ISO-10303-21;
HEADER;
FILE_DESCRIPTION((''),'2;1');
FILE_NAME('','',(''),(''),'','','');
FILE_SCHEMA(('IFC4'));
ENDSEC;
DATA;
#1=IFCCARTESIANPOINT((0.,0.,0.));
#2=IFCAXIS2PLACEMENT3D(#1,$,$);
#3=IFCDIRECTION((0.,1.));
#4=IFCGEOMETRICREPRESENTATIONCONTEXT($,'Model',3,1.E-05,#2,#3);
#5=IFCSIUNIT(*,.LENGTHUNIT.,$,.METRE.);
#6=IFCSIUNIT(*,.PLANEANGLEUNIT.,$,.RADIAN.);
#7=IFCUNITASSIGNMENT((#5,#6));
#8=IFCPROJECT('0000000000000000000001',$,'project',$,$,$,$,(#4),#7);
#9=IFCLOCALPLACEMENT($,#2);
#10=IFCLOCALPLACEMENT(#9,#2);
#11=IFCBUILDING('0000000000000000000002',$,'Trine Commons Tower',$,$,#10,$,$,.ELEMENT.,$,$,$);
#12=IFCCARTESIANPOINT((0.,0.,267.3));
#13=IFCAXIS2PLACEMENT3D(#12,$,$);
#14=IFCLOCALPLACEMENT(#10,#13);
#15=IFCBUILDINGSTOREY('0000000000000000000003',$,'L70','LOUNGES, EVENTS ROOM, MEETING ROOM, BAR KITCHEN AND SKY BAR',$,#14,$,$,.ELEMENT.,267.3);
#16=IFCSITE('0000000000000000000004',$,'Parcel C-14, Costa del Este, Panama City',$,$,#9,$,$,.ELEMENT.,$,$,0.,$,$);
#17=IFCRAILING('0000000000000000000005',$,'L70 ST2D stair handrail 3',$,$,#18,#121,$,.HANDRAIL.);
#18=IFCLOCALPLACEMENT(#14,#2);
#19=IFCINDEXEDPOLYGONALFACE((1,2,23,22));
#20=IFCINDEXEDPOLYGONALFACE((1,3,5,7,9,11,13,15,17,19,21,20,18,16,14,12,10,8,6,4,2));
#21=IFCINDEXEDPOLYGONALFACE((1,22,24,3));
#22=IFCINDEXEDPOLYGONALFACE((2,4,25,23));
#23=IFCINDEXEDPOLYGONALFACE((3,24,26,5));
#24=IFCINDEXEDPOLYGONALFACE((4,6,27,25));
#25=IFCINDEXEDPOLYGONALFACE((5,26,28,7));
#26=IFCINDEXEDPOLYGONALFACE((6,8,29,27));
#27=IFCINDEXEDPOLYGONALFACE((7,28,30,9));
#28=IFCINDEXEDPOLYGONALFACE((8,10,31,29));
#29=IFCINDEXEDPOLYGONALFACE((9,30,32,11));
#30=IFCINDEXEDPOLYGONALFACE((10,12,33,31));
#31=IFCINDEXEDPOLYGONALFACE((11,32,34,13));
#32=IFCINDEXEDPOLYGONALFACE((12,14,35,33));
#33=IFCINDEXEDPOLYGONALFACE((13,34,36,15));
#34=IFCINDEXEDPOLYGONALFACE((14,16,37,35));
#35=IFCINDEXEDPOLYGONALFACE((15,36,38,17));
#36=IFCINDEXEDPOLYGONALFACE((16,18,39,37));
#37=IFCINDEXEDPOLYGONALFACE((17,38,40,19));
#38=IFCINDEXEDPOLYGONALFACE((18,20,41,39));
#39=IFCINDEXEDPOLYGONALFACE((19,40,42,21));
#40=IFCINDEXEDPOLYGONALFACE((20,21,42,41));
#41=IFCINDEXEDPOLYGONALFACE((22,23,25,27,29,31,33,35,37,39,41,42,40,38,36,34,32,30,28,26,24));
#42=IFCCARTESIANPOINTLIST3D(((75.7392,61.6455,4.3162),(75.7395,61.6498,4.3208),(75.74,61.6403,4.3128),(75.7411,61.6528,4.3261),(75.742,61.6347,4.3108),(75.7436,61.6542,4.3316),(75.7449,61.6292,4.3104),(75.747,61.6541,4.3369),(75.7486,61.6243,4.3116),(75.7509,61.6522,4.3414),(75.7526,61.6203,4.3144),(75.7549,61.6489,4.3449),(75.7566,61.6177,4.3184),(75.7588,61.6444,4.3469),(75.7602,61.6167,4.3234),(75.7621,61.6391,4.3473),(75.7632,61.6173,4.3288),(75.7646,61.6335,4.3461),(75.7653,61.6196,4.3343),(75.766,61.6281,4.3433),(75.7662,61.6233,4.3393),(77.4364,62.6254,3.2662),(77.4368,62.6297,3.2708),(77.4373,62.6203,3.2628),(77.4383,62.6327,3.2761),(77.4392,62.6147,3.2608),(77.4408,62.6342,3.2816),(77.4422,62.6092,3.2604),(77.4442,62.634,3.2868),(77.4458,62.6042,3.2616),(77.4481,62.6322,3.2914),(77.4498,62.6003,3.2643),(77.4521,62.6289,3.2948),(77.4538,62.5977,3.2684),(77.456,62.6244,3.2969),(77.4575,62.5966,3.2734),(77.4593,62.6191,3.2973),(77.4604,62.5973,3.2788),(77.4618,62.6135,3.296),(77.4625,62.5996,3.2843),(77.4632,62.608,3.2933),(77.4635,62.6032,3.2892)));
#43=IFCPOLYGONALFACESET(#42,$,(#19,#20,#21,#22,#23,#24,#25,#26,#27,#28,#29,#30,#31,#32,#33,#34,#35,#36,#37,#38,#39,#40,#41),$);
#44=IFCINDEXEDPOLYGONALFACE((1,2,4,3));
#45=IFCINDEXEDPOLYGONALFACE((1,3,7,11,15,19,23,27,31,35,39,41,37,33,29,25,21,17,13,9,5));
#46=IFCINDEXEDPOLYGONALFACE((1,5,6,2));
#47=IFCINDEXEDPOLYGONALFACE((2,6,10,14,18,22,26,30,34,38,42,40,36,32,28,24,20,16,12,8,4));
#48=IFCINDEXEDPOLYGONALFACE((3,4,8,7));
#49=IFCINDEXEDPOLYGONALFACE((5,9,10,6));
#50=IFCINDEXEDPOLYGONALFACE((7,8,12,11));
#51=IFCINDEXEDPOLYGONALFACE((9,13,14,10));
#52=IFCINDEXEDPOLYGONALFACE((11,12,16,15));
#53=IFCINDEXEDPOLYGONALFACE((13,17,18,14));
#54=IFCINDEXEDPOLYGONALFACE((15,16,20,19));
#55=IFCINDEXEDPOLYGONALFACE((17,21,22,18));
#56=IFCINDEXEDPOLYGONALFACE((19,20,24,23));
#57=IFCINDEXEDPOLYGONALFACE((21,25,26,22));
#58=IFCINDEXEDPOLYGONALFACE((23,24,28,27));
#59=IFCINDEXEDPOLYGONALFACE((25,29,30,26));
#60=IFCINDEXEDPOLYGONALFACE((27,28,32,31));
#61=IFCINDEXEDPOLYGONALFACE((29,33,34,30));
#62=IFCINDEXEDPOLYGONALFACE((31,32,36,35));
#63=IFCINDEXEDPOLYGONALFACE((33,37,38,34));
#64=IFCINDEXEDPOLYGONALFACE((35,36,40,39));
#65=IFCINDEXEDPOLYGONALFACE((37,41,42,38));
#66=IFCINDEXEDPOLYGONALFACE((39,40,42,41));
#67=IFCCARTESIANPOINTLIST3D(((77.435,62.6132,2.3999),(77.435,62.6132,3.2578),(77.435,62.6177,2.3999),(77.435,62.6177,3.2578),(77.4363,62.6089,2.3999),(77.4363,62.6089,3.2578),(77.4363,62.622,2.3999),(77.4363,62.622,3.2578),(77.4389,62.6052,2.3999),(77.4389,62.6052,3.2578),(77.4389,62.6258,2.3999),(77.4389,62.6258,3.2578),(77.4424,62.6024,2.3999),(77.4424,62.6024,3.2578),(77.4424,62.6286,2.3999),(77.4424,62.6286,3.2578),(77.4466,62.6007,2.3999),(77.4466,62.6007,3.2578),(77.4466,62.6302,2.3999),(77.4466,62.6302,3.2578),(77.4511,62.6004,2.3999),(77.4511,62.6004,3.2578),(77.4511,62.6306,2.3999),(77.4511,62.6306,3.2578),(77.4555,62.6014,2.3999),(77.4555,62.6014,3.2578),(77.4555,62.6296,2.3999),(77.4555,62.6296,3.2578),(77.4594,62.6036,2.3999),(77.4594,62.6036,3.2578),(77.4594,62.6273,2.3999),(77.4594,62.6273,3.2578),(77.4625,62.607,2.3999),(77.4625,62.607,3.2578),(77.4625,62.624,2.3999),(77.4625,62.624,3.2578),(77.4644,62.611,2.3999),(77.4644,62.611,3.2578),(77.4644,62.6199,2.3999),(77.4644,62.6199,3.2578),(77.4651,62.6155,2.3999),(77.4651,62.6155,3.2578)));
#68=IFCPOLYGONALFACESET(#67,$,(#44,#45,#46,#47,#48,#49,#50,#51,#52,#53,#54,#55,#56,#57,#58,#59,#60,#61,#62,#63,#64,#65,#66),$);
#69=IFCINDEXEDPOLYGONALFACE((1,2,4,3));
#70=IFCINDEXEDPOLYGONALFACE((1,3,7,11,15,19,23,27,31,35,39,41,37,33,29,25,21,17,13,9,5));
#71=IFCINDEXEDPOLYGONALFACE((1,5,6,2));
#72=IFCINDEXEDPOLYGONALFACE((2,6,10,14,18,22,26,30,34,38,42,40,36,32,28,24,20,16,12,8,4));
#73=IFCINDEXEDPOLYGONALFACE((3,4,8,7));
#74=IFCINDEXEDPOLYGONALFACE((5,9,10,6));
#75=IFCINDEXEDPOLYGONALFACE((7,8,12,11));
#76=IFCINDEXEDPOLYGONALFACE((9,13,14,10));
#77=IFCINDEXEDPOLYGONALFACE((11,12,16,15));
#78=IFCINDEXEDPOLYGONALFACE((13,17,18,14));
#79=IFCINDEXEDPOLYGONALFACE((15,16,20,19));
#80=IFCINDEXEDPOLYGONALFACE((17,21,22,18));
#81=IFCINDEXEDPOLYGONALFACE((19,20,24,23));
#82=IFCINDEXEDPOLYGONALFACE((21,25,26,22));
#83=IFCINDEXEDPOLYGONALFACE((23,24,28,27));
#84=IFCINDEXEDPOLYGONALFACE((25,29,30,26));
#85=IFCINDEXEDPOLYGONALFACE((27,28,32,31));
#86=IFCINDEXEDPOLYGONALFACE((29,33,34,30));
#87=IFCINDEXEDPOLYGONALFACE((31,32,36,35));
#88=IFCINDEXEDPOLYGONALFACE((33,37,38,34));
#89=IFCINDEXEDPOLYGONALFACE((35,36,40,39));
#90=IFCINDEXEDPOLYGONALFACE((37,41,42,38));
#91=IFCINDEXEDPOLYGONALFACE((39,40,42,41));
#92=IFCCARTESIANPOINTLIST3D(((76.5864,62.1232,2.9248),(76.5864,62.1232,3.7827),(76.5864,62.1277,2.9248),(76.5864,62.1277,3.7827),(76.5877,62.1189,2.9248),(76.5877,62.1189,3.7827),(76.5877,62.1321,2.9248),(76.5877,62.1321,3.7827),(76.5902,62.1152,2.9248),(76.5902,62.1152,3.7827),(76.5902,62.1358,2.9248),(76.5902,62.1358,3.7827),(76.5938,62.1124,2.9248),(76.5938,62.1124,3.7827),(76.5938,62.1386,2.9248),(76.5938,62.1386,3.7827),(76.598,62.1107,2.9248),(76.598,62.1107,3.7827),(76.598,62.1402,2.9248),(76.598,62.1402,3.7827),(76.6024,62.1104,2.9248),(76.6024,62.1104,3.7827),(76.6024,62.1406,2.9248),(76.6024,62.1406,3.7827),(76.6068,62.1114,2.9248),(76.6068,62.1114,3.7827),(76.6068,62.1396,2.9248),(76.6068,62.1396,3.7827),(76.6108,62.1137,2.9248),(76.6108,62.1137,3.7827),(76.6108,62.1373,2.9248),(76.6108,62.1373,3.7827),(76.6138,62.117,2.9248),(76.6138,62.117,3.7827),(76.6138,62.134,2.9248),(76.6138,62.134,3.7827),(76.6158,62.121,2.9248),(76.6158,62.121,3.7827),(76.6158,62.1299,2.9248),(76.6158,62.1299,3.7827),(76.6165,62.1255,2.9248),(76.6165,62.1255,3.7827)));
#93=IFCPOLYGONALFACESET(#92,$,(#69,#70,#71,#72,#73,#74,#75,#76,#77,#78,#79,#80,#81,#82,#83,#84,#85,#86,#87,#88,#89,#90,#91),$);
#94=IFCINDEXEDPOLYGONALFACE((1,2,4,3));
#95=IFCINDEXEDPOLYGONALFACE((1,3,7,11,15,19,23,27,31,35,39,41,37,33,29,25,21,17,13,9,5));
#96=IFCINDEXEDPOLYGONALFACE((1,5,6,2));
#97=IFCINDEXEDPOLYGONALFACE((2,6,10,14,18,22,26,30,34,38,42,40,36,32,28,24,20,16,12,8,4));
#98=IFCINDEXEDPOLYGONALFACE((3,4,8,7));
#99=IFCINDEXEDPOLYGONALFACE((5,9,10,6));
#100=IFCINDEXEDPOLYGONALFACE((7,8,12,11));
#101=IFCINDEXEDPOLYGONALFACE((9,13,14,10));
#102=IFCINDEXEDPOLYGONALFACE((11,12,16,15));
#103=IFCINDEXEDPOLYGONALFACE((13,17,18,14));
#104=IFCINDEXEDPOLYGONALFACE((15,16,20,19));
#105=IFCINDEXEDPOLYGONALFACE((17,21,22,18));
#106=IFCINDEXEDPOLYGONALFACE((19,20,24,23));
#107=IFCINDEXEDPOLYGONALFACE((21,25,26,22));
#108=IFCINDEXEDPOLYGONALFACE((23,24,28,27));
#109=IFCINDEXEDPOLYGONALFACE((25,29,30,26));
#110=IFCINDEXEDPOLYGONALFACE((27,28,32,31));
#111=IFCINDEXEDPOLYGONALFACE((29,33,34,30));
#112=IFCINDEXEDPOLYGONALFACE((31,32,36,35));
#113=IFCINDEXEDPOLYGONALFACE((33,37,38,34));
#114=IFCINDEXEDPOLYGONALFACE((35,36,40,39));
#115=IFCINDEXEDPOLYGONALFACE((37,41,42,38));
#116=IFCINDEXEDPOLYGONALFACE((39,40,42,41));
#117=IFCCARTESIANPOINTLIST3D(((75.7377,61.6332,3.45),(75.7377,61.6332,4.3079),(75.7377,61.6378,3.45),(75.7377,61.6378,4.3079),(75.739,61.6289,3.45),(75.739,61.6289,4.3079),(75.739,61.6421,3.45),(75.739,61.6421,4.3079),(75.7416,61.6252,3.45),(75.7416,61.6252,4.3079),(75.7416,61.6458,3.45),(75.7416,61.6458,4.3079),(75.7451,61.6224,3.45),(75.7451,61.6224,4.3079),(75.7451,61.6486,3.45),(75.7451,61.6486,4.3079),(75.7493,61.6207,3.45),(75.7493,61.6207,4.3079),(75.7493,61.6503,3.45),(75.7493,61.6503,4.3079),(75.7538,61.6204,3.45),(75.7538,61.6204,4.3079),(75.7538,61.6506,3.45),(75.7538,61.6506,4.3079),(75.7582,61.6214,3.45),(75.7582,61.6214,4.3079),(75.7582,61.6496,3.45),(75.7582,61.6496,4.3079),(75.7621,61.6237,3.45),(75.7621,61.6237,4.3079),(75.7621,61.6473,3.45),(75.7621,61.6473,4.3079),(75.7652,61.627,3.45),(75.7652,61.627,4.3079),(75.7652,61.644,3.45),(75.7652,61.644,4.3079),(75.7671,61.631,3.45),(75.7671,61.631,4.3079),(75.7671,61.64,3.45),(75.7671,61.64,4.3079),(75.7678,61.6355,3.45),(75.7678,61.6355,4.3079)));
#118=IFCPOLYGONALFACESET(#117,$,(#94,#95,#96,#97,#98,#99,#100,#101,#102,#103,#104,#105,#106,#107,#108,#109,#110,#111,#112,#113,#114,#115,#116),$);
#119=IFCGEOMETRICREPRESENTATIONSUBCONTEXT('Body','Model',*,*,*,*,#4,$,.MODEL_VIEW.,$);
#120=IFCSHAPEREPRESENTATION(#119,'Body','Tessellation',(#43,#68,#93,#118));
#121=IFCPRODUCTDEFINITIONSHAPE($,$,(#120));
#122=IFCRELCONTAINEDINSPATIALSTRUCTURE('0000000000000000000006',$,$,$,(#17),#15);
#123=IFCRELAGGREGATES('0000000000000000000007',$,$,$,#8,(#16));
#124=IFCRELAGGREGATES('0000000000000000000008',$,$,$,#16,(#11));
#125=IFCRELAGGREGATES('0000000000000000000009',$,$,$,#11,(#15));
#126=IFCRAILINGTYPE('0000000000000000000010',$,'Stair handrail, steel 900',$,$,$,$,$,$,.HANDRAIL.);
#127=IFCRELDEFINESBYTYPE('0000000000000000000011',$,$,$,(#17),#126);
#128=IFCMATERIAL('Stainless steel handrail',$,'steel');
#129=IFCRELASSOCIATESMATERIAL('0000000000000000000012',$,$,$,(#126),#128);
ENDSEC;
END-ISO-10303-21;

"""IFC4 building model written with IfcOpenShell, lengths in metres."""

from ifc_helpers import new_model, si_unit, direction, frame, origin, origin_2d, place, context, subcontext, project, spatial, circle, extrude, material, type_object, element, save


model = new_model("IFC4")

# Units and contexts
model_context = context("Model", 3, precision=1e-05, world=origin(), true_north=direction((0.0, 1.0)))
body_context = subcontext(model_context, "Body", "Model", "MODEL_VIEW")
ifc_project = project(units=[si_unit("LENGTHUNIT", "METRE"), si_unit("PLANEANGLEUNIT", "RADIAN")], contexts=[model_context])

# Site, building, storey
site_placement = place(None, origin())
site = spatial("IfcSite", under=ifc_project, at=site_placement, Name="Parcel C-14, Costa del Este, Panama City", CompositionType="ELEMENT", RefElevation=0.0)
building_placement = place(site_placement, origin())
building = spatial("IfcBuilding", under=site, at=building_placement, Name="Trine Commons Tower", CompositionType="ELEMENT")
storey_placement = place(building_placement, frame((0.0, 0.0, 267.3)))
storey = spatial("IfcBuildingStorey", under=building, at=storey_placement, Name="L70", Description="LOUNGES, EVENTS ROOM, MEETING ROOM, BAR KITCHEN AND SKY BAR", CompositionType="ELEMENT", Elevation=267.3)

# Railing
ifc_material_1 = material(Name="Stainless steel handrail", Category="steel")
railing_type_1 = type_object("IfcRailingType", Name="Stair handrail, steel 900", PredefinedType="HANDRAIL", material=ifc_material_1)
railing_1_placement = place(storey_placement, frame((77.45, 62.6155, 2.3999)))
element("IfcRailing", 1, at=railing_1_placement, inside=storey, type_object=railing_type_1, Name="L70 ST2D stair handrail 3", PredefinedType="HANDRAIL", context=body_context, shape_type="SweptSolid", body=[
    extrude(circle(Radius=0.021, at=origin_2d()), frame((0.0, 0.0, 0.8789), z_axis=(-0.763352, -0.44075, 0.472264), x_axis=(0.500024, -0.866011, 0.0)), (0.0, 0.0, 1.0), 2.2234),
    extrude(circle(Radius=0.0151, at=origin_2d()), origin(), (0.0, 0.0, 1.0), 0.8579),
    extrude(circle(Radius=0.0151, at=origin_2d()), frame((-0.8486, -0.49, 0.5249)), (0.0, 0.0, 1.0), 0.8579),
    extrude(circle(Radius=0.0151, at=origin_2d()), frame((-1.6973, -0.98, 1.05)), (0.0, 0.0, 1.0), 0.8579),
])

save(model, "model.ifc")
